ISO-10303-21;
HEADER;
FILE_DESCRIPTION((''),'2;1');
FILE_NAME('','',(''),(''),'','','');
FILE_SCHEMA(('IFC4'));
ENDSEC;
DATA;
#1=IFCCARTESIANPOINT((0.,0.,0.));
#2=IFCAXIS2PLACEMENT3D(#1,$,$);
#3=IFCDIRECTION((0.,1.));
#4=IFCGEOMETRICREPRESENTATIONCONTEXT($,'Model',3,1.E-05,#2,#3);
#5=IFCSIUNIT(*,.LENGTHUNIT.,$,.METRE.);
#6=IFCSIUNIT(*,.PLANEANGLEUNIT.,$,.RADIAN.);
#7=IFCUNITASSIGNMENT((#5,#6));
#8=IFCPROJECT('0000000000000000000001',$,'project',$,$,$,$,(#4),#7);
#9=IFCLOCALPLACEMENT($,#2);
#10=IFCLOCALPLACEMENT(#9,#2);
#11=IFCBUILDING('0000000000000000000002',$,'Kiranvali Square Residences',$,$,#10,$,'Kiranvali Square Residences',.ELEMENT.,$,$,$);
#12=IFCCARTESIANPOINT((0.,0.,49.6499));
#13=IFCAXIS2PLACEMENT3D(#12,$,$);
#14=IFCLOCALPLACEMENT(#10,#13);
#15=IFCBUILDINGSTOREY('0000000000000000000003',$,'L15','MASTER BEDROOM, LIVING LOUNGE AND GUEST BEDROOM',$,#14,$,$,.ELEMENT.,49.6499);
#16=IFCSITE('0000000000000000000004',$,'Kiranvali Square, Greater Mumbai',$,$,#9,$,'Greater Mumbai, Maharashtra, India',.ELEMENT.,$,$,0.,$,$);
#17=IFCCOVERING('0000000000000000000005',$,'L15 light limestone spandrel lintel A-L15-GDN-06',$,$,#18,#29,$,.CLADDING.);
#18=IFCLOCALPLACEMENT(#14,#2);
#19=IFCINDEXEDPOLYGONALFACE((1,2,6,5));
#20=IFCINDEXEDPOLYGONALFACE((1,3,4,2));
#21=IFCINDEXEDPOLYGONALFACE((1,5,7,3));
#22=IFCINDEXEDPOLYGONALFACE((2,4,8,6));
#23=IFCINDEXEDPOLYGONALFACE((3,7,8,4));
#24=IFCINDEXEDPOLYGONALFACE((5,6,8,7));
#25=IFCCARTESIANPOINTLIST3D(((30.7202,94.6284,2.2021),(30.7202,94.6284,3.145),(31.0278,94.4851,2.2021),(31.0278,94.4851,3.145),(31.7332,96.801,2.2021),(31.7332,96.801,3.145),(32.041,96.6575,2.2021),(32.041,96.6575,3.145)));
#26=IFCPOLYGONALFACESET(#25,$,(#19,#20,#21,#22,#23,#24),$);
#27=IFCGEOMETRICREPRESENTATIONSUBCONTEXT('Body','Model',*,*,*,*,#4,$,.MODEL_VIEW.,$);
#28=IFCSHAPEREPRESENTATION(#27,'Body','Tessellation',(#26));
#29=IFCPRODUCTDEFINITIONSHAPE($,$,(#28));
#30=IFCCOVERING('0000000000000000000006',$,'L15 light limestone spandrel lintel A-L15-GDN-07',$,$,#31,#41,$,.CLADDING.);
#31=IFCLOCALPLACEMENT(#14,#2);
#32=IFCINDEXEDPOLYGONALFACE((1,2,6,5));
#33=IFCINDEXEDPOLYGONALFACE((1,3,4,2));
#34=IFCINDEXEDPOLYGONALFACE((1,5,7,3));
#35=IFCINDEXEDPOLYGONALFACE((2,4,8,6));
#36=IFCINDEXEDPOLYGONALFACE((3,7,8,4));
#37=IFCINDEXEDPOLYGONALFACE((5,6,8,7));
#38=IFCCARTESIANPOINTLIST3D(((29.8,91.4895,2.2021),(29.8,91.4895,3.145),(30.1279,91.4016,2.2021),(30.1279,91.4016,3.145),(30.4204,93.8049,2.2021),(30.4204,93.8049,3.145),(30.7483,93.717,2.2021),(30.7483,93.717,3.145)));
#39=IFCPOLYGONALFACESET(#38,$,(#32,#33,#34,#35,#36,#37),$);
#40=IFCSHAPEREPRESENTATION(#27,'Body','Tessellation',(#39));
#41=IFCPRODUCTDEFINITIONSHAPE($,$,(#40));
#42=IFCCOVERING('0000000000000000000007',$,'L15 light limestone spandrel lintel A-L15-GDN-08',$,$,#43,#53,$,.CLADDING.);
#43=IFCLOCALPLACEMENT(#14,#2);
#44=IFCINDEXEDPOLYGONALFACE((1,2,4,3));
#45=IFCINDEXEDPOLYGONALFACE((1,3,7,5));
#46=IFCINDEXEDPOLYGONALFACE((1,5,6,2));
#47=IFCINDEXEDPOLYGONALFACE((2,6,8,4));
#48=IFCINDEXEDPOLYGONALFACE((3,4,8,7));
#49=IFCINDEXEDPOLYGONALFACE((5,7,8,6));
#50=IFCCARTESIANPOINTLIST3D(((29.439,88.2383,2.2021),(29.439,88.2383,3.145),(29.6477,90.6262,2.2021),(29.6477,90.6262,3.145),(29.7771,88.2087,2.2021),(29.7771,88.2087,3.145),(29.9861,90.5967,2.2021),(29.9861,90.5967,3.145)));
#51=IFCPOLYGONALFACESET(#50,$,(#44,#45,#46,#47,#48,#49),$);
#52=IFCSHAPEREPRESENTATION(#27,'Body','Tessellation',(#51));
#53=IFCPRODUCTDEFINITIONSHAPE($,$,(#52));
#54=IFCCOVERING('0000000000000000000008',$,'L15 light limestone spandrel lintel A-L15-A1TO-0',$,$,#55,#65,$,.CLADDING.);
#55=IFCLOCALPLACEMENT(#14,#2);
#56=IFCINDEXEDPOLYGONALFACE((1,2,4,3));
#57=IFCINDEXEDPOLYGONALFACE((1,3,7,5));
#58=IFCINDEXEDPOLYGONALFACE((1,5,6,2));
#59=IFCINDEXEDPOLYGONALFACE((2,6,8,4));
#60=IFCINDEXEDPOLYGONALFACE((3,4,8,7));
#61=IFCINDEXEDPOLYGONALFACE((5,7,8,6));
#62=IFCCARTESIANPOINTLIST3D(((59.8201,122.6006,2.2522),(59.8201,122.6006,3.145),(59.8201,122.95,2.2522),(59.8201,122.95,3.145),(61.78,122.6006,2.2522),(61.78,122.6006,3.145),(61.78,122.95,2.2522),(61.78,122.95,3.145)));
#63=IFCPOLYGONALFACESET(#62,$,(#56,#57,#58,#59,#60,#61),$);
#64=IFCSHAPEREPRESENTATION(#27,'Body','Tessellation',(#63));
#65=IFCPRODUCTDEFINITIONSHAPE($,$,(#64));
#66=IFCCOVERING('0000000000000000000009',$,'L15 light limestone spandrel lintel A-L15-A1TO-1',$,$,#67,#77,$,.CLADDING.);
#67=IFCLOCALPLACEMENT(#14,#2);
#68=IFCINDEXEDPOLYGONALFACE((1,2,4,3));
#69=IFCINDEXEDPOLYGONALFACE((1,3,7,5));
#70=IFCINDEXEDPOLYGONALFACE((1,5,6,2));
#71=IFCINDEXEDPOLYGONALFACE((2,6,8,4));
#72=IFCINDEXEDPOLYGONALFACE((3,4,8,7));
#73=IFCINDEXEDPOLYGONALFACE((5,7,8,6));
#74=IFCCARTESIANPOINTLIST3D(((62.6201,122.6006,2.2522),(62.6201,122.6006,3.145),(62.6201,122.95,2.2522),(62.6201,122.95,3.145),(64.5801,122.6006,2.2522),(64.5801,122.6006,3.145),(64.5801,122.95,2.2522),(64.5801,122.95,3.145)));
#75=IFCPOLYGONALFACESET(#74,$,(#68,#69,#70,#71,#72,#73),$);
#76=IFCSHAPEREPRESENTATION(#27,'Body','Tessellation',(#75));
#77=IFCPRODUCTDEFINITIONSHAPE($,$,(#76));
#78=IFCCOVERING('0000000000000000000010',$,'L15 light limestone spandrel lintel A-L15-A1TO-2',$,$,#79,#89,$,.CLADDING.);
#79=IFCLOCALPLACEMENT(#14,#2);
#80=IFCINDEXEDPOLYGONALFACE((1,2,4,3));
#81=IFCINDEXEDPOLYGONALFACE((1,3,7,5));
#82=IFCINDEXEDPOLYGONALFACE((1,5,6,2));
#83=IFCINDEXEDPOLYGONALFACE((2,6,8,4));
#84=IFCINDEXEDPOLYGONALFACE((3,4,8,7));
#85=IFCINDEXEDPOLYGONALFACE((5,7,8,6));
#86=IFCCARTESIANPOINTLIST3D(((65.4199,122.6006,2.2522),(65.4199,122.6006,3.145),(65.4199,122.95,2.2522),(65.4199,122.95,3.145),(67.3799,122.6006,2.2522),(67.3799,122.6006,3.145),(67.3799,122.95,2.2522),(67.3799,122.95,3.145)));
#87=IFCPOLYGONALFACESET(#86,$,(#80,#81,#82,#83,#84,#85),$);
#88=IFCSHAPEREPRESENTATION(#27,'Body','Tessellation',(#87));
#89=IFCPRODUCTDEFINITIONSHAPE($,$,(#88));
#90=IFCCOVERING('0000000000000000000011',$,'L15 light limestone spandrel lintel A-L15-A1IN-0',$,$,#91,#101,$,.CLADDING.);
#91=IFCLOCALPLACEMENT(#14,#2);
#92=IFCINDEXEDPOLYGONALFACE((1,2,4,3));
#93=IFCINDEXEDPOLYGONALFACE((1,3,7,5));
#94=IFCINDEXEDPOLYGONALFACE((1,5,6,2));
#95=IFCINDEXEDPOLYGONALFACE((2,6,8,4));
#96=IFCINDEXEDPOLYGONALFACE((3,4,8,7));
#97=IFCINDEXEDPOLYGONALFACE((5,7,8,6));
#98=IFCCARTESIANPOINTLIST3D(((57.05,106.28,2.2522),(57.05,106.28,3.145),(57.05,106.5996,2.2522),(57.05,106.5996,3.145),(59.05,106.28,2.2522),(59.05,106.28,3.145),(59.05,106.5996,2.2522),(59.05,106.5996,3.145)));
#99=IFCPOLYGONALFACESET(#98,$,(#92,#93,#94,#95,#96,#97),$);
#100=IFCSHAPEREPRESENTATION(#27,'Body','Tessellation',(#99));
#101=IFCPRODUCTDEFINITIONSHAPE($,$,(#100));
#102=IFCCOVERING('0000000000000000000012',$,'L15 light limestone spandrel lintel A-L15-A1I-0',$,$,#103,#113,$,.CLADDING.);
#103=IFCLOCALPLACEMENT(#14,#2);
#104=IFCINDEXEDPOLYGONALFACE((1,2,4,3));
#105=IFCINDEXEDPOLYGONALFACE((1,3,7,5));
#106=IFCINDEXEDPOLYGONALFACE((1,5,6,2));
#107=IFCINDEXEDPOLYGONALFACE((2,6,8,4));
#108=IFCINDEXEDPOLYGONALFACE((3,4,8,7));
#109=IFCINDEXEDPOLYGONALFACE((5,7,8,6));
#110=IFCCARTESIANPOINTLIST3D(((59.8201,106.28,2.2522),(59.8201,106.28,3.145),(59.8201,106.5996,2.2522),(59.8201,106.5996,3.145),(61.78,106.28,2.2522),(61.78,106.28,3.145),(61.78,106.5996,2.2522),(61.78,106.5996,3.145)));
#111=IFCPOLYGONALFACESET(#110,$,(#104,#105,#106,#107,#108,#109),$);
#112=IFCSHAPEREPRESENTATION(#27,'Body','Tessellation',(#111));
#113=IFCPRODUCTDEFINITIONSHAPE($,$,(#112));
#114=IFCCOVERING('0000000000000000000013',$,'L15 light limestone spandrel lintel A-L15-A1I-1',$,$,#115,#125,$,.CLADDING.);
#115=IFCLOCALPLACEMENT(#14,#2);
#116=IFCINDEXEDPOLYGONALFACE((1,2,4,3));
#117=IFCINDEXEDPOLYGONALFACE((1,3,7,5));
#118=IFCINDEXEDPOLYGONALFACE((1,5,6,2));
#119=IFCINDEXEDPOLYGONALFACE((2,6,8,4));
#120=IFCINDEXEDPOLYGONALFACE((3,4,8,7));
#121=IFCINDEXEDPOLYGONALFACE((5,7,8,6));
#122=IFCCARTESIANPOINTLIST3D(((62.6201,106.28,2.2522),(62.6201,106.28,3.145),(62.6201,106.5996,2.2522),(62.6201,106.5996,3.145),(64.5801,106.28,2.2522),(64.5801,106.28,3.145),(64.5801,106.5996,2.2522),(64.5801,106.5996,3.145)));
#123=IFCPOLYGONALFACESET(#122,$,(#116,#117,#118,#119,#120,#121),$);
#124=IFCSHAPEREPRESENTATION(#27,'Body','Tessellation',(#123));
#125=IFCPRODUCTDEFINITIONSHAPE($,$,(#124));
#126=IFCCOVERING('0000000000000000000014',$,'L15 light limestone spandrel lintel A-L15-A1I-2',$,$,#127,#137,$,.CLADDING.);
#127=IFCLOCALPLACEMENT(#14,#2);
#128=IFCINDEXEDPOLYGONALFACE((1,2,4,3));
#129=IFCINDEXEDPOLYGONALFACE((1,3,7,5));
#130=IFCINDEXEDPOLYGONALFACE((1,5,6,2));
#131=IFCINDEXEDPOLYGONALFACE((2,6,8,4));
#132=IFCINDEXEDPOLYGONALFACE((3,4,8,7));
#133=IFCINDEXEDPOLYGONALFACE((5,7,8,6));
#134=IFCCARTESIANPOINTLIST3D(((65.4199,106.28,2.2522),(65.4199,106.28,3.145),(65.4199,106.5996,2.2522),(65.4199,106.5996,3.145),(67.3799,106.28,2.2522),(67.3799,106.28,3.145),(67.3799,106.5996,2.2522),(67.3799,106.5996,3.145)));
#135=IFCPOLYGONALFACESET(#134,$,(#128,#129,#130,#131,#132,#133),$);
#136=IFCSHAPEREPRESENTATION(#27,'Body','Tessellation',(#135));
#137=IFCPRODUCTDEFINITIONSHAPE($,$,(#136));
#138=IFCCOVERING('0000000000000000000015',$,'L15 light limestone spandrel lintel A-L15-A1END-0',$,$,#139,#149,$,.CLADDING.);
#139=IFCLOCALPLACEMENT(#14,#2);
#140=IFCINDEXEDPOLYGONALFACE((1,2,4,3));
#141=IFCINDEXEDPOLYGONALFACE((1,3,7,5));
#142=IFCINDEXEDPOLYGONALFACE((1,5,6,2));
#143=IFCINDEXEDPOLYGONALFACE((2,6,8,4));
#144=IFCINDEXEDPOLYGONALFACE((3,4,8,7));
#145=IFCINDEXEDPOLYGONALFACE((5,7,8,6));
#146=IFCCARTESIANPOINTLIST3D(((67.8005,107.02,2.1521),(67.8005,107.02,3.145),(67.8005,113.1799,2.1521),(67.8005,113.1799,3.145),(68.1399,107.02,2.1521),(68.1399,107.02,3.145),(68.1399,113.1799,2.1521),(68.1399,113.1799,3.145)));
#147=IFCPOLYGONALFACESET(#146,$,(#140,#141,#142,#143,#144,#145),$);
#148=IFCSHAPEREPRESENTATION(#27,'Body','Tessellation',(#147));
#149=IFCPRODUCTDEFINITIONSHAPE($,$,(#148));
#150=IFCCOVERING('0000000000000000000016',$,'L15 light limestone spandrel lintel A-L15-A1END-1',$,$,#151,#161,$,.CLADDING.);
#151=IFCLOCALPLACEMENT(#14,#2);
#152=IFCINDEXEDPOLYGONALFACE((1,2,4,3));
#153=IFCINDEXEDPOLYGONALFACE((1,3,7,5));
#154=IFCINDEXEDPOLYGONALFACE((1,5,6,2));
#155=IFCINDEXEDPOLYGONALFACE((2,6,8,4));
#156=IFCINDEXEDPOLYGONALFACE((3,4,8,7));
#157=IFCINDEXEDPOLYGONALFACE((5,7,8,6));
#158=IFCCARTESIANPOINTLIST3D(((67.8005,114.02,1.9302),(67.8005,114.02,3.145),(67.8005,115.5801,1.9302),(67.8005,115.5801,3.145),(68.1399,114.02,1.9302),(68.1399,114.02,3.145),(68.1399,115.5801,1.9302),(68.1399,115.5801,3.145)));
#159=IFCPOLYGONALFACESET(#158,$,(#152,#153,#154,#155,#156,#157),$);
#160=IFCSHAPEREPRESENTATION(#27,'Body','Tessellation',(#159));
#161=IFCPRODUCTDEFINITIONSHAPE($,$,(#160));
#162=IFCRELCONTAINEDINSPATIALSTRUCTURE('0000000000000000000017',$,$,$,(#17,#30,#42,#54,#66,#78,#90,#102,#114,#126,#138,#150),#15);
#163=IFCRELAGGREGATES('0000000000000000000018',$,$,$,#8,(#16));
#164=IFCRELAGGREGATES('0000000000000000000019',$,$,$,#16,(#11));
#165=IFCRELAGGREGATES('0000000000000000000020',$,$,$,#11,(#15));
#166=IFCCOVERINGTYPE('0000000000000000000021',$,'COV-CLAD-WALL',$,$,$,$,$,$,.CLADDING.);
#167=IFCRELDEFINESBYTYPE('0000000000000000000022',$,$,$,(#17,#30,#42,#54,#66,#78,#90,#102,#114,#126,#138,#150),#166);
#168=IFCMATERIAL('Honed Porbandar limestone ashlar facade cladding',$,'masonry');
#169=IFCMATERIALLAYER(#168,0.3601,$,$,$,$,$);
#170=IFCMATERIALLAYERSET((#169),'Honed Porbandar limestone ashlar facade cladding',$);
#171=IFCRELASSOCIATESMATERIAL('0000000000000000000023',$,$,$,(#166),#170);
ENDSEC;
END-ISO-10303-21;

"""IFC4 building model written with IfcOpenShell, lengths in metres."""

from ifc_helpers import new_model, si_unit, direction, frame, origin, place, context, subcontext, project, spatial, polyline, outline, extrude, material, layer, layer_set, type_object, element, save


model = new_model("IFC4")

# Units and contexts
model_context = context("Model", 3, precision=1e-05, world=origin(), true_north=direction((0.0, 1.0)))
body_context = subcontext(model_context, "Body", "Model", "MODEL_VIEW")
ifc_project = project(units=[si_unit("LENGTHUNIT", "METRE"), si_unit("PLANEANGLEUNIT", "RADIAN")], contexts=[model_context])

# Site, building, storey
site_placement = place(None, origin())
site = spatial("IfcSite", under=ifc_project, at=site_placement, Name="Kiranvali Square, Greater Mumbai", LongName="Greater Mumbai, Maharashtra, India", CompositionType="ELEMENT", RefElevation=0.0)
building_placement = place(site_placement, origin())
building = spatial("IfcBuilding", under=site, at=building_placement, Name="Kiranvali Square Residences", LongName="Kiranvali Square Residences", CompositionType="ELEMENT")
storey_placement = place(building_placement, frame((0.0, 0.0, 49.6499)))
storey = spatial("IfcBuildingStorey", under=building, at=storey_placement, Name="L15", Description="MASTER BEDROOM, LIVING LOUNGE AND GUEST BEDROOM", CompositionType="ELEMENT", Elevation=49.6499)

# Coverings
ifc_material = material(Name="Honed Porbandar limestone ashlar facade cladding", Category="masonry")
ifc_layer = layer(ifc_material, 0.3601)
ifc_layer_set = layer_set([ifc_layer], Name="Honed Porbandar limestone ashlar facade cladding")
covering_type = type_object("IfcCoveringType", Name="COV-CLAD-WALL", PredefinedType="CLADDING", material=ifc_layer_set)
covering_1_placement = place(storey_placement, frame((0.0, 0.0, 2.2021)))
element("IfcCovering", 1, at=covering_1_placement, inside=storey, type_object=covering_type, Name="L15 light limestone spandrel lintel A-L15-GDN-06", PredefinedType="CLADDING", context=body_context, shape_type="SweptSolid", body=[
    extrude(outline(polyline([(31.7332, 96.801), (30.7202, 94.6284), (31.0278, 94.4851), (32.041, 96.6575), (31.7332, 96.801)])), origin(), (0.0, 0.0, 1.0), 0.9429),
])
covering_2_placement = place(storey_placement, frame((0.0, 0.0, 2.2021)))
element("IfcCovering", 2, at=covering_2_placement, inside=storey, type_object=covering_type, Name="L15 light limestone spandrel lintel A-L15-GDN-07", PredefinedType="CLADDING", context=body_context, shape_type="SweptSolid", body=[
    extrude(outline(polyline([(30.4204, 93.8049), (29.8, 91.4895), (30.1279, 91.4016), (30.7483, 93.717), (30.4204, 93.8049)])), origin(), (0.0, 0.0, 1.0), 0.9429),
])
covering_3_placement = place(storey_placement, frame((0.0, 0.0, 2.2021)))
element("IfcCovering", 3, at=covering_3_placement, inside=storey, type_object=covering_type, Name="L15 light limestone spandrel lintel A-L15-GDN-08", PredefinedType="CLADDING", context=body_context, shape_type="SweptSolid", body=[
    extrude(outline(polyline([(29.6477, 90.6262), (29.439, 88.2383), (29.7771, 88.2087), (29.9861, 90.5967), (29.6477, 90.6262)])), origin(), (0.0, 0.0, 1.0), 0.9429),
])
covering_4_placement = place(storey_placement, frame((0.0, 0.0, 2.2522)))
element("IfcCovering", 4, at=covering_4_placement, inside=storey, type_object=covering_type, Name="L15 light limestone spandrel lintel A-L15-A1TO-0", PredefinedType="CLADDING", context=body_context, shape_type="SweptSolid", body=[
    extrude(outline(polyline([(59.8201, 122.6006), (61.78, 122.6006), (61.78, 122.95), (59.8201, 122.95), (59.8201, 122.6006)])), origin(), (0.0, 0.0, 1.0), 0.8928),
])
covering_5_placement = place(storey_placement, frame((0.0, 0.0, 2.2522)))
element("IfcCovering", 5, at=covering_5_placement, inside=storey, type_object=covering_type, Name="L15 light limestone spandrel lintel A-L15-A1TO-1", PredefinedType="CLADDING", context=body_context, shape_type="SweptSolid", body=[
    extrude(outline(polyline([(62.6201, 122.6006), (64.5801, 122.6006), (64.5801, 122.95), (62.6201, 122.95), (62.6201, 122.6006)])), origin(), (0.0, 0.0, 1.0), 0.8928),
])
covering_6_placement = place(storey_placement, frame((0.0, 0.0, 2.2522)))
element("IfcCovering", 6, at=covering_6_placement, inside=storey, type_object=covering_type, Name="L15 light limestone spandrel lintel A-L15-A1TO-2", PredefinedType="CLADDING", context=body_context, shape_type="SweptSolid", body=[
    extrude(outline(polyline([(65.4199, 122.6006), (67.3799, 122.6006), (67.3799, 122.95), (65.4199, 122.95), (65.4199, 122.6006)])), origin(), (0.0, 0.0, 1.0), 0.8928),
])
covering_7_placement = place(storey_placement, frame((0.0, 0.0, 2.2522)))
element("IfcCovering", 7, at=covering_7_placement, inside=storey, type_object=covering_type, Name="L15 light limestone spandrel lintel A-L15-A1IN-0", PredefinedType="CLADDING", context=body_context, shape_type="SweptSolid", body=[
    extrude(outline(polyline([(57.05, 106.28), (59.05, 106.28), (59.05, 106.5996), (57.05, 106.5996), (57.05, 106.28)])), origin(), (0.0, 0.0, 1.0), 0.8928),
])
covering_8_placement = place(storey_placement, frame((0.0, 0.0, 2.2522)))
element("IfcCovering", 8, at=covering_8_placement, inside=storey, type_object=covering_type, Name="L15 light limestone spandrel lintel A-L15-A1I-0", PredefinedType="CLADDING", context=body_context, shape_type="SweptSolid", body=[
    extrude(outline(polyline([(59.8201, 106.28), (61.78, 106.28), (61.78, 106.5996), (59.8201, 106.5996), (59.8201, 106.28)])), origin(), (0.0, 0.0, 1.0), 0.8928),
])
covering_9_placement = place(storey_placement, frame((0.0, 0.0, 2.2522)))
element("IfcCovering", 9, at=covering_9_placement, inside=storey, type_object=covering_type, Name="L15 light limestone spandrel lintel A-L15-A1I-1", PredefinedType="CLADDING", context=body_context, shape_type="SweptSolid", body=[
    extrude(outline(polyline([(62.6201, 106.28), (64.5801, 106.28), (64.5801, 106.5996), (62.6201, 106.5996), (62.6201, 106.28)])), origin(), (0.0, 0.0, 1.0), 0.8928),
])
covering_10_placement = place(storey_placement, frame((0.0, 0.0, 2.2522)))
element("IfcCovering", 10, at=covering_10_placement, inside=storey, type_object=covering_type, Name="L15 light limestone spandrel lintel A-L15-A1I-2", PredefinedType="CLADDING", context=body_context, shape_type="SweptSolid", body=[
    extrude(outline(polyline([(65.4199, 106.28), (67.3799, 106.28), (67.3799, 106.5996), (65.4199, 106.5996), (65.4199, 106.28)])), origin(), (0.0, 0.0, 1.0), 0.8928),
])
covering_11_placement = place(storey_placement, frame((0.0, 0.0, 2.1521)))
element("IfcCovering", 11, at=covering_11_placement, inside=storey, type_object=covering_type, Name="L15 light limestone spandrel lintel A-L15-A1END-0", PredefinedType="CLADDING", context=body_context, shape_type="SweptSolid", body=[
    extrude(outline(polyline([(68.1399, 107.02), (68.1399, 113.1799), (67.8005, 113.1799), (67.8005, 107.02), (68.1399, 107.02)])), origin(), (0.0, 0.0, 1.0), 0.9929),
])
covering_12_placement = place(storey_placement, frame((0.0, 0.0, 1.9302)))
element("IfcCovering", 12, at=covering_12_placement, inside=storey, type_object=covering_type, Name="L15 light limestone spandrel lintel A-L15-A1END-1", PredefinedType="CLADDING", context=body_context, shape_type="SweptSolid", body=[
    extrude(outline(polyline([(68.1399, 114.02), (68.1399, 115.5801), (67.8005, 115.5801), (67.8005, 114.02), (68.1399, 114.02)])), origin(), (0.0, 0.0, 1.0), 1.2148),
])

save(model, "model.ifc")
